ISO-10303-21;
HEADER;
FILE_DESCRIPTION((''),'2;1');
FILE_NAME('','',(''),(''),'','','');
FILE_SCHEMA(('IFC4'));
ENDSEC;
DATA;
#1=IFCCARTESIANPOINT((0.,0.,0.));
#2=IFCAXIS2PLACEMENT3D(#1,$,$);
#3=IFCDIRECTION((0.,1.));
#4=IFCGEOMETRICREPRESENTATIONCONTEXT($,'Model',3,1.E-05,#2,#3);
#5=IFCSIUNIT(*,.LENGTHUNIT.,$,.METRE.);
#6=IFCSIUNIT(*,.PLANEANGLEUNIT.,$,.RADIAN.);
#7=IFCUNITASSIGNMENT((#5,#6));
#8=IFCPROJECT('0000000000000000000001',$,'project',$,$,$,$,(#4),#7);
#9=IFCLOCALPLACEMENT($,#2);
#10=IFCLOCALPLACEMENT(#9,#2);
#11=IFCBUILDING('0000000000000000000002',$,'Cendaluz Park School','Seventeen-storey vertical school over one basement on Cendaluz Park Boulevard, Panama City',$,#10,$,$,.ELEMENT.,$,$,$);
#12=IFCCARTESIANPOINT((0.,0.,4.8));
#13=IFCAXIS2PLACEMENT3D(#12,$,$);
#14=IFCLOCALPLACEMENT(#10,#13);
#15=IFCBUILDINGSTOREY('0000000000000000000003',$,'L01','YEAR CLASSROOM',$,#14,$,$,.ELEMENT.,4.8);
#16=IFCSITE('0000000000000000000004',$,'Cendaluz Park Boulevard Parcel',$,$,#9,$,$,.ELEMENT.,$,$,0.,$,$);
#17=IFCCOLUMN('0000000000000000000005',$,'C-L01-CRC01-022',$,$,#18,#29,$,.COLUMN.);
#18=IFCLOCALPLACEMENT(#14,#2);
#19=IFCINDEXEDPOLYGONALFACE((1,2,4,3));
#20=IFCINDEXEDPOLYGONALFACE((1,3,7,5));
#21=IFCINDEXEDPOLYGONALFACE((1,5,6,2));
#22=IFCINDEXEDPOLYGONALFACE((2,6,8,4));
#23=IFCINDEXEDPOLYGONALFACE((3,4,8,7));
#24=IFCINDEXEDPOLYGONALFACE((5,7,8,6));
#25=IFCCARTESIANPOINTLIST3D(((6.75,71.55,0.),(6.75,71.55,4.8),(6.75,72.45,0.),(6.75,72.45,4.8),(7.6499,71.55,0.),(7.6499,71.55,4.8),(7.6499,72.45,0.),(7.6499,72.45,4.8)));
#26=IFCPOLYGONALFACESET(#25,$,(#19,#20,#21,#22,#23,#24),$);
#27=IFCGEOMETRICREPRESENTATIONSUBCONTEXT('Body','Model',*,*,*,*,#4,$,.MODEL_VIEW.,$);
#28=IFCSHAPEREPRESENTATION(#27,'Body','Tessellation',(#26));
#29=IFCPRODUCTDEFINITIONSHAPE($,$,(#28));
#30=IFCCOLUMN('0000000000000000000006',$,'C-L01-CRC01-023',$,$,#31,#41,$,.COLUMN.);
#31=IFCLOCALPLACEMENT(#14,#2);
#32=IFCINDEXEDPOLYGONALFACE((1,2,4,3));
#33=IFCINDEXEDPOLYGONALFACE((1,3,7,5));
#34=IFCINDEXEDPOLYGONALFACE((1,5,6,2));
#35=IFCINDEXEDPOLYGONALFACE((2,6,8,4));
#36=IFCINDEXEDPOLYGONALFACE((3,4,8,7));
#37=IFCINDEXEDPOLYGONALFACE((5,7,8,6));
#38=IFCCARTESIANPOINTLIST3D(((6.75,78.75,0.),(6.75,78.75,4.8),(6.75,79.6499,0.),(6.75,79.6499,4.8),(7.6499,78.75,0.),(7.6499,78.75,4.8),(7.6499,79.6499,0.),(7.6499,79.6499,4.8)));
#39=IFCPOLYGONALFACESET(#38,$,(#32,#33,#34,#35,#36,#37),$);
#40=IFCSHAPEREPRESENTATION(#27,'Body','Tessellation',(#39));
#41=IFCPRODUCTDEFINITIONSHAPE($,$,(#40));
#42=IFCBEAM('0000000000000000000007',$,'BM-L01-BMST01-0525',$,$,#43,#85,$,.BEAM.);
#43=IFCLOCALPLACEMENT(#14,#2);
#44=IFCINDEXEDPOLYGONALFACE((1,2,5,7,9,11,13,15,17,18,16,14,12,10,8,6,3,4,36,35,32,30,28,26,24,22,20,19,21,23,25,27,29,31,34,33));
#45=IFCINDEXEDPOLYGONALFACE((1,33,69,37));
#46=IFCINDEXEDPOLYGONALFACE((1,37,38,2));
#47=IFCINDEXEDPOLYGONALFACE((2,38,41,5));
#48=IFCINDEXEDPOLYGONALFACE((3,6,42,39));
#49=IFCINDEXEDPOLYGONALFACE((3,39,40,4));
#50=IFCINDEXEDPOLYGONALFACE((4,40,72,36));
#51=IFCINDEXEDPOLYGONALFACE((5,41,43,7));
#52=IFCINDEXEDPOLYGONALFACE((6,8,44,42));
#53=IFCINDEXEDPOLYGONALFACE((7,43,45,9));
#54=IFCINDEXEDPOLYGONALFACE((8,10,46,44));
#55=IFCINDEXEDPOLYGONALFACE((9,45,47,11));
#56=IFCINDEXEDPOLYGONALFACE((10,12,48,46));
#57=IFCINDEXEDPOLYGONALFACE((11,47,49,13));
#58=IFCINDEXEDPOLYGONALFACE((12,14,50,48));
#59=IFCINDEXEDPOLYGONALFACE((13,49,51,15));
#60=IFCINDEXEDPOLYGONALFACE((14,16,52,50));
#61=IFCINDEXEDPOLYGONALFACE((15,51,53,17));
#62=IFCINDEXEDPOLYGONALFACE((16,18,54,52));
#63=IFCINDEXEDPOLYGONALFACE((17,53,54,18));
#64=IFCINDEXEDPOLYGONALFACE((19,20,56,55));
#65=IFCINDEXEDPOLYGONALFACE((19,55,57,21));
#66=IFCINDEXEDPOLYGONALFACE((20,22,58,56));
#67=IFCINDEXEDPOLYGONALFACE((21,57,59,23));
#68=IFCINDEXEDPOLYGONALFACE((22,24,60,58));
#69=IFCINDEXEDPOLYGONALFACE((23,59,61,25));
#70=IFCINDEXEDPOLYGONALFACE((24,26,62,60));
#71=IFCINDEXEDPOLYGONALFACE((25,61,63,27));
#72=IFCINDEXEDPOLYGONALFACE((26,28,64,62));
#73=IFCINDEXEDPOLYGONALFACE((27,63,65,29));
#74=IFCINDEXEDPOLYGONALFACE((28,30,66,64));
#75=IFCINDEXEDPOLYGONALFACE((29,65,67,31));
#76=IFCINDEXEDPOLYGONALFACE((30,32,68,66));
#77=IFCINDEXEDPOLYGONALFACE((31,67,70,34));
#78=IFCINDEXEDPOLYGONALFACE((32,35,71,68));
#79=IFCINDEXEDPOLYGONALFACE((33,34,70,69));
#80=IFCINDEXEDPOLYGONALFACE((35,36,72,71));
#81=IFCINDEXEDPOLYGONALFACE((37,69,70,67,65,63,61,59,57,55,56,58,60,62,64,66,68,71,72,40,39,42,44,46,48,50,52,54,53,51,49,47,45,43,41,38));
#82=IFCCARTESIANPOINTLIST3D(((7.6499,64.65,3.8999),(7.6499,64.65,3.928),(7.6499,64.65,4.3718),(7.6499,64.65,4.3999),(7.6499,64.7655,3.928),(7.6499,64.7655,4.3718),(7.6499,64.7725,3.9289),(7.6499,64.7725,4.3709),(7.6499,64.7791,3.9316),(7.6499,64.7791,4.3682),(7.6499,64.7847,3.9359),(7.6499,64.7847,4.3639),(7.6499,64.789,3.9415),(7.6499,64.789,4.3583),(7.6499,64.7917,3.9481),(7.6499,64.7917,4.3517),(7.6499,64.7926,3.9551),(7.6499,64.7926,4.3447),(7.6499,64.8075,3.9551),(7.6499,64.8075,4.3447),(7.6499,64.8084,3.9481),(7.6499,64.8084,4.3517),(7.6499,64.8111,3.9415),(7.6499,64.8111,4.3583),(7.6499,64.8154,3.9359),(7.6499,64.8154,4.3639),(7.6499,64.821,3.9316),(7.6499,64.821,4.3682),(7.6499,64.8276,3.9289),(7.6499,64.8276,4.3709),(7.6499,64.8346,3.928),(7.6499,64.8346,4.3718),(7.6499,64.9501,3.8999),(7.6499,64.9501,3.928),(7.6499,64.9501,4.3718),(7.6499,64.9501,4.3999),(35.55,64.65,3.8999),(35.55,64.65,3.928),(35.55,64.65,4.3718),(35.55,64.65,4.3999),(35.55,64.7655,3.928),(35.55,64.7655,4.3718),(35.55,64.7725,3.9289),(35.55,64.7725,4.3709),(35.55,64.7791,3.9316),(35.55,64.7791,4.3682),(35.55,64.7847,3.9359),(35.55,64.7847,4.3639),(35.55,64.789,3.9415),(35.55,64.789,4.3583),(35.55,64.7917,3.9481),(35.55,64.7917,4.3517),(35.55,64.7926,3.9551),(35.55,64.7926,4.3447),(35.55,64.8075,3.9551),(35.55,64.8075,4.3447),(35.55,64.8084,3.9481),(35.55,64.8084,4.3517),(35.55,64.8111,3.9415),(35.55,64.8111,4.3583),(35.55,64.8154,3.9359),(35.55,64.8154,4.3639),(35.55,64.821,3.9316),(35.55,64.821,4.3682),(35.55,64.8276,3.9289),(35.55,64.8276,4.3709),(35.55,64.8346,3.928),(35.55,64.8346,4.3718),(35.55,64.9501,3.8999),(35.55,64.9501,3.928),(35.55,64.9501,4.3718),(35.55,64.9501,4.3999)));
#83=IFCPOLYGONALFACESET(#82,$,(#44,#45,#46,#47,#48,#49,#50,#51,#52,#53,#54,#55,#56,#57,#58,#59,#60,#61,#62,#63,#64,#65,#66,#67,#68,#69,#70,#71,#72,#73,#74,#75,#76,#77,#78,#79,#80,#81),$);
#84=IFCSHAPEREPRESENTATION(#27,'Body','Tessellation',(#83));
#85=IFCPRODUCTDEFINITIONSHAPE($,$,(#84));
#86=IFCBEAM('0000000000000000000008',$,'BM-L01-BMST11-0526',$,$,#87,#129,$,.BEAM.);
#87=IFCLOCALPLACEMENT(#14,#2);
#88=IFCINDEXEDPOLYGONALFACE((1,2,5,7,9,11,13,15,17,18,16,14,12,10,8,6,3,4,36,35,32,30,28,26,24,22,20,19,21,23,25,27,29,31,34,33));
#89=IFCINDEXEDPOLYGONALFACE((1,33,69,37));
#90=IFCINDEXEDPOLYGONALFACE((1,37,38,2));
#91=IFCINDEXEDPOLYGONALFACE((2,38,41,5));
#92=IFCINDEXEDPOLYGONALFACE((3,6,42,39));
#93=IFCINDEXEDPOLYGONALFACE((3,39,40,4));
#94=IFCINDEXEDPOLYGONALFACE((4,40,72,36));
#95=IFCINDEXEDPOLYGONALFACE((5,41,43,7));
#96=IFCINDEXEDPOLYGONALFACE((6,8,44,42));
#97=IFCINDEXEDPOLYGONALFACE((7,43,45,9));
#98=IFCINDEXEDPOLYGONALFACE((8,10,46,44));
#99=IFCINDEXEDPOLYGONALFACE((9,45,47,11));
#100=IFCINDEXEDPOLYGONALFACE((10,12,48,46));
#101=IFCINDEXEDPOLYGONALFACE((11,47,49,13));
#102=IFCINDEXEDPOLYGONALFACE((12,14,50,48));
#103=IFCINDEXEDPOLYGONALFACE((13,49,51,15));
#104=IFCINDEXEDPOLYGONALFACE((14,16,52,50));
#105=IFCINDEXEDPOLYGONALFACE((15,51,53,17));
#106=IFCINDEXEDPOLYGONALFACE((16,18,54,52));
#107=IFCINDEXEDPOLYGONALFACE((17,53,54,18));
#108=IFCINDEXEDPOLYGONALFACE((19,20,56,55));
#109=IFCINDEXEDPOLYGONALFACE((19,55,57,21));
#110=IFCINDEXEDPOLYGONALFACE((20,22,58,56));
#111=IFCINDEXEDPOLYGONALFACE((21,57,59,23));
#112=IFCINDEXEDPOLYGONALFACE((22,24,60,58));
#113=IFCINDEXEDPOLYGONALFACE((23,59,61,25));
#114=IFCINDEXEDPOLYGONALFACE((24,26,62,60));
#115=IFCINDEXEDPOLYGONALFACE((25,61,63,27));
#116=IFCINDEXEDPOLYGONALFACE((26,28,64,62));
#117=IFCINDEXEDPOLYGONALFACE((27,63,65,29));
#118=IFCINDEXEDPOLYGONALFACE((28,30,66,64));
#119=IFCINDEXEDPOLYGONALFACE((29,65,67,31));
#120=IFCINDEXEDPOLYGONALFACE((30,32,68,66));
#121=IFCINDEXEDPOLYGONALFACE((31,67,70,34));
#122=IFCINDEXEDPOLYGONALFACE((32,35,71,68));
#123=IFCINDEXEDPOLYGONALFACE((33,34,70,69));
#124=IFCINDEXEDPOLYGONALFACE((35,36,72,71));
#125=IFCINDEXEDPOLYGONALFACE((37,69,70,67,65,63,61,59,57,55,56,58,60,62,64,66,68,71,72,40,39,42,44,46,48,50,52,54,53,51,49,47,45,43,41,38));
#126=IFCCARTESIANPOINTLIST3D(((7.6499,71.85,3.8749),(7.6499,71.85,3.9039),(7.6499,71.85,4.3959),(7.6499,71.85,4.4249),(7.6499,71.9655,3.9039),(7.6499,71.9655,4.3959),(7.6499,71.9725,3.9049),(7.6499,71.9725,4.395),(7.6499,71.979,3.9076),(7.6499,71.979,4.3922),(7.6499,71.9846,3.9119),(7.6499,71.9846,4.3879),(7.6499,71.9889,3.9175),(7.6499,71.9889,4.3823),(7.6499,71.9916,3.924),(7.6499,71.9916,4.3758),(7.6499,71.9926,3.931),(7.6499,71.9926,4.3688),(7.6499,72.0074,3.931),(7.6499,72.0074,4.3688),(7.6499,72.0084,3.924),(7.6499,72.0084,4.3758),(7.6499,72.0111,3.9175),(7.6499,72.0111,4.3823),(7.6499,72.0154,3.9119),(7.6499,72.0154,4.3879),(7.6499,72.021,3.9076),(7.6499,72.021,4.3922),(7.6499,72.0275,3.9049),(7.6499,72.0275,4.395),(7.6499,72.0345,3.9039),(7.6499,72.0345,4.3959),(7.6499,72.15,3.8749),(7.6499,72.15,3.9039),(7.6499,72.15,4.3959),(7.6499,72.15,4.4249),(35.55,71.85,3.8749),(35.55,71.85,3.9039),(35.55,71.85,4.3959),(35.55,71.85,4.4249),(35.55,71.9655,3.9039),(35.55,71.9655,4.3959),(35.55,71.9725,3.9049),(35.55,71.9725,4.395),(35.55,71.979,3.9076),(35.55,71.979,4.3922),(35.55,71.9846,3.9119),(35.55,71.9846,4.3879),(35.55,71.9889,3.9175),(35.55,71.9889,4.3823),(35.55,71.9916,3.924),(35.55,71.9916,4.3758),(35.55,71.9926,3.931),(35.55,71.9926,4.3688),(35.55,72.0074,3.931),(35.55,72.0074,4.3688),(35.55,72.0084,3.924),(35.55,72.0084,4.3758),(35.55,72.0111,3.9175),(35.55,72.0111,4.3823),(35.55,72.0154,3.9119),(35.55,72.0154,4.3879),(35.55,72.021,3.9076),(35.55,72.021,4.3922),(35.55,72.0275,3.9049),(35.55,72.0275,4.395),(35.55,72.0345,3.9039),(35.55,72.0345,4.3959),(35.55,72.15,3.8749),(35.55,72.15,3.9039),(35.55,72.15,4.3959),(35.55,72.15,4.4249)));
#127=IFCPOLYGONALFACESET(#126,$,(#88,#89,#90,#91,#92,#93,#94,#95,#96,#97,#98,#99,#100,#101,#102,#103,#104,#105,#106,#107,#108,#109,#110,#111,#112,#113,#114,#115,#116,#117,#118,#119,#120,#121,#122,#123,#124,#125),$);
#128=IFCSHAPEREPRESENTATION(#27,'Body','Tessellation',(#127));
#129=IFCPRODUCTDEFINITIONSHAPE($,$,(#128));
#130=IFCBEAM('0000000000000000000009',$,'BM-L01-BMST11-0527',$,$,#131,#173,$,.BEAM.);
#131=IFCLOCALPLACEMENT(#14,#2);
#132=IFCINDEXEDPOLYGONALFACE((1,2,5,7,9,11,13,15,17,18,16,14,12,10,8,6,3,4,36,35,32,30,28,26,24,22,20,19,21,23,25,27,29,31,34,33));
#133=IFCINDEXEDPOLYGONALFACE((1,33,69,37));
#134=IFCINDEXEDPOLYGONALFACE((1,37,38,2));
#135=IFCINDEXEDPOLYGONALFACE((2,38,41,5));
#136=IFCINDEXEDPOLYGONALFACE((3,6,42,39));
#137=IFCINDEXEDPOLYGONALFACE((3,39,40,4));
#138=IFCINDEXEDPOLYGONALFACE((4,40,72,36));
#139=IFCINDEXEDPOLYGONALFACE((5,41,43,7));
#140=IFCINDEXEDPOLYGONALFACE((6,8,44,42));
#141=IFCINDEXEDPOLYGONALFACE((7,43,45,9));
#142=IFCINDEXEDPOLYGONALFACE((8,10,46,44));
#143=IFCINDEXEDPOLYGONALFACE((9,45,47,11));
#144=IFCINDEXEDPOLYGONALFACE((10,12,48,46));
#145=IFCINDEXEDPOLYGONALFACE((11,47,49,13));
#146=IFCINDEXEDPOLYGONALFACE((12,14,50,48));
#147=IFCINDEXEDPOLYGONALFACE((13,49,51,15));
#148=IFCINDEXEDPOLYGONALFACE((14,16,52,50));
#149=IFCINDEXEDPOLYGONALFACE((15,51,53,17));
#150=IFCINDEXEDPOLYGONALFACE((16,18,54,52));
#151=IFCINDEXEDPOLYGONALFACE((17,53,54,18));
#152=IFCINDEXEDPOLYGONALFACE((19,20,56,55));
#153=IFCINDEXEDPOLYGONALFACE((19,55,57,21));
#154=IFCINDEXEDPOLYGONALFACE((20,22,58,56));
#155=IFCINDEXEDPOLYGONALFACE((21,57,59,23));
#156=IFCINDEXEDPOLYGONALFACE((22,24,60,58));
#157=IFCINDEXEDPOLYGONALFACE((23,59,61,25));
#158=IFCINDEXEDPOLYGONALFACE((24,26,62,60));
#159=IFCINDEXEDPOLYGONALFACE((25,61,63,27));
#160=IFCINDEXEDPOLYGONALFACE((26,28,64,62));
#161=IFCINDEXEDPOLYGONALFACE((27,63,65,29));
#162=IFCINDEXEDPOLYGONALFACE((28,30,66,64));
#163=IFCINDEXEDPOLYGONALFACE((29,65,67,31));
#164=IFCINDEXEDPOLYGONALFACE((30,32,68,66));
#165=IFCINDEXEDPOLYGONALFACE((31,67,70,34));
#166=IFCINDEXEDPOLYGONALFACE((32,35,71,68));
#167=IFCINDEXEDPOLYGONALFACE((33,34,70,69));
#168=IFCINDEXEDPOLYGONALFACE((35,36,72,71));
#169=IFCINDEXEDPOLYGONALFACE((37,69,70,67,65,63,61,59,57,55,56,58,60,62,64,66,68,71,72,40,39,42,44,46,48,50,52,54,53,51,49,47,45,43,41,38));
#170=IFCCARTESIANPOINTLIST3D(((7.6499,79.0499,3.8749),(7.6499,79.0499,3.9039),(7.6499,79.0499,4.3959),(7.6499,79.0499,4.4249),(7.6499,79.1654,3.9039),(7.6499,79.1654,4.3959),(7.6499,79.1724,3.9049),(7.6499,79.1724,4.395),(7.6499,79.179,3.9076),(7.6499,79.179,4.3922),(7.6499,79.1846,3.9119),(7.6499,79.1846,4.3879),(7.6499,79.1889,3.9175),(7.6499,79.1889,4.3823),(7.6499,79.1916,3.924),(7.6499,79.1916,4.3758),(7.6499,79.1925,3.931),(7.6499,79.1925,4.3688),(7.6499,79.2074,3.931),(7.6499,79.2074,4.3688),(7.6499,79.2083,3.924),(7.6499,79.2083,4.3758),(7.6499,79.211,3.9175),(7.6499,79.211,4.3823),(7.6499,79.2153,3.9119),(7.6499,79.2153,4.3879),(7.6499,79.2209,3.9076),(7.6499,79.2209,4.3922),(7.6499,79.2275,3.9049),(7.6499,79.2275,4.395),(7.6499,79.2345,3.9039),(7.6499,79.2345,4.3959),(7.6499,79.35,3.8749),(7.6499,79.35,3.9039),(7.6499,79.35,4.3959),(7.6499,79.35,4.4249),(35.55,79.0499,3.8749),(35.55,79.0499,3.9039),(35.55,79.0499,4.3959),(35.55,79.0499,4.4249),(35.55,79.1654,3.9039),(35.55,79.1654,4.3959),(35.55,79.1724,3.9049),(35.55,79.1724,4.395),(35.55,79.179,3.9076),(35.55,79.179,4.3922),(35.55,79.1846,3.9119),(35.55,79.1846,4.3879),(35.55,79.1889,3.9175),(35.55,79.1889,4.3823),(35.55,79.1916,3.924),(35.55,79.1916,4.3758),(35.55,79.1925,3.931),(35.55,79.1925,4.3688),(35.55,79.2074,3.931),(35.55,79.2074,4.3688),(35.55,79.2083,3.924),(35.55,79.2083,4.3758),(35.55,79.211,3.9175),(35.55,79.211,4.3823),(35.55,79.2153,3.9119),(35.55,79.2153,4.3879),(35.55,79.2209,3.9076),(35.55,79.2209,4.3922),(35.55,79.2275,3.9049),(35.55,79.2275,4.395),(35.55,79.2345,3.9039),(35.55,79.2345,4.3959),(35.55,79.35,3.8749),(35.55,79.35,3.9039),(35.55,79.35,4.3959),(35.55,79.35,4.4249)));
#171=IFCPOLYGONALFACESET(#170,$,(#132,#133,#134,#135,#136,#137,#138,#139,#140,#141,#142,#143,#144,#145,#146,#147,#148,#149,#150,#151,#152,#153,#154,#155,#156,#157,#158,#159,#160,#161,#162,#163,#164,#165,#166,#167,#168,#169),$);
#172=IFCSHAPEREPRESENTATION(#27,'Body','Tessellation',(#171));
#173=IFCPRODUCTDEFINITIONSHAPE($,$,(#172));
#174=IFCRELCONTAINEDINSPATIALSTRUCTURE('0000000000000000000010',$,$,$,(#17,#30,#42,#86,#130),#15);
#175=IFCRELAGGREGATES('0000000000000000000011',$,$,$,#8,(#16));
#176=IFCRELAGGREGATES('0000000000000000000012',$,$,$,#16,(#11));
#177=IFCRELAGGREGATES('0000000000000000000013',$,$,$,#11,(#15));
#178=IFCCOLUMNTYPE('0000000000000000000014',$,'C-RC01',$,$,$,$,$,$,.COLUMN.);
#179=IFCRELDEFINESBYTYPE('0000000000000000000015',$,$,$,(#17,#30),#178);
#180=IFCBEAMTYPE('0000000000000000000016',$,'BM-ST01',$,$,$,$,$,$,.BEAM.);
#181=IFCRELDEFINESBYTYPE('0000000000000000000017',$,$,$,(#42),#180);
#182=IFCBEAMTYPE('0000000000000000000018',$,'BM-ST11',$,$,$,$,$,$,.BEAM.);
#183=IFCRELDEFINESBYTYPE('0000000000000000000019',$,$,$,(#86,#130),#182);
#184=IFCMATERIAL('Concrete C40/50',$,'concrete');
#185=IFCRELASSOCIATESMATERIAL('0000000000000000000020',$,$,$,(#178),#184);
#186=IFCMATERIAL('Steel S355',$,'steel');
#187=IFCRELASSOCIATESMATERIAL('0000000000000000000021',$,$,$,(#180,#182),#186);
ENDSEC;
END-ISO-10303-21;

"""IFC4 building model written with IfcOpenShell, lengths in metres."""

from ifc_helpers import new_model, si_unit, direction, frame, origin, origin_2d, place, context, subcontext, project, spatial, rectangle, i_section, extrude, material, material_profile, profile_set, type_object, element, save


model = new_model("IFC4")

# Units and contexts
model_context = context("Model", 3, precision=1e-05, world=origin(), true_north=direction((0.0, 1.0)))
body_context = subcontext(model_context, "Body", "Model", "MODEL_VIEW")
ifc_project = project(units=[si_unit("LENGTHUNIT", "METRE"), si_unit("PLANEANGLEUNIT", "RADIAN")], contexts=[model_context])

# Site, building, storey
site_placement = place(None, origin())
site = spatial("IfcSite", under=ifc_project, at=site_placement, Name="Cendaluz Park Boulevard Parcel", CompositionType="ELEMENT", RefElevation=0.0)
building_placement = place(site_placement, origin())
building = spatial("IfcBuilding", under=site, at=building_placement, Name="Cendaluz Park School", Description="Seventeen-storey vertical school over one basement on Cendaluz Park Boulevard, Panama City", CompositionType="ELEMENT")
storey_placement = place(building_placement, frame((0.0, 0.0, 4.8)))
storey = spatial("IfcBuildingStorey", under=building, at=storey_placement, Name="L01", Description="YEAR CLASSROOM", CompositionType="ELEMENT", Elevation=4.8)

# Columns
ifc_material_1 = material(Name="Concrete C40/50", Category="concrete")
ifc_material_profile_1 = material_profile(ifc_material_1, rectangle(XDim=0.8999, YDim=0.8999, at=origin_2d()), Name="RC 900x900", Category="concrete")
ifc_profile_set_1 = profile_set([ifc_material_profile_1], Name="Concrete C40/50")
column_type = type_object("IfcColumnType", Name="C-RC01", PredefinedType="COLUMN", material=ifc_profile_set_1)
for number, where, z_axis, x_axis, name in (
    (1, (7.2, 72.0, 0.0), (0.0, 0.0, 1.0), (1.0, 0.0, 0.0), "C-L01-CRC01-022"),
    (2, (7.2, 79.2, 0.0), (0.0, 0.0, 1.0), (1.0, 0.0, 0.0), "C-L01-CRC01-023"),
):
    element("IfcColumn", number, at=place(storey_placement, frame(where, z_axis=z_axis, x_axis=x_axis)), inside=storey, type_object=column_type, Name=name, PredefinedType="COLUMN", context=body_context, shape_type="SweptSolid", body=[
        extrude(rectangle(XDim=0.8999, YDim=0.8999, at=origin_2d()), origin(), (0.0, 0.0, 1.0), 4.8),
    ])

# Beams
ifc_material_2 = material(Name="Steel S355", Category="steel")
ifc_material_profile_2 = material_profile(ifc_material_2, i_section(OverallWidth=0.3, OverallDepth=0.5, WebThickness=0.0149, FlangeThickness=0.0281, FilletRadius=0.0271, at=origin_2d()), Name="HEB 500", Category="steel")
ifc_profile_set_2 = profile_set([ifc_material_profile_2], Name="Steel S355")
beam_type_1 = type_object("IfcBeamType", Name="BM-ST01", PredefinedType="BEAM", material=ifc_profile_set_2)
beam_placement = place(storey_placement, frame((7.6499, 64.8, 4.1499), z_axis=(1.0, 0.0, 0.0), x_axis=(0.0, 1.0, 0.0)))
element("IfcBeam", 3, at=beam_placement, inside=storey, type_object=beam_type_1, Name="BM-L01-BMST01-0525", PredefinedType="BEAM", context=body_context, shape_type="SweptSolid", body=[
    extrude(i_section(OverallWidth=0.3, OverallDepth=0.5, WebThickness=0.0149, FlangeThickness=0.0281, FilletRadius=0.0271, at=origin_2d()), origin(), (0.0, 0.0, 1.0), 27.9001),
])
ifc_material_profile_3 = material_profile(ifc_material_2, i_section(OverallWidth=0.3, OverallDepth=0.55, WebThickness=0.0149, FlangeThickness=0.0291, FilletRadius=0.0271, at=origin_2d()), Name="HEB 550", Category="steel")
ifc_profile_set_3 = profile_set([ifc_material_profile_3], Name="Steel S355")
beam_type_2 = type_object("IfcBeamType", Name="BM-ST11", PredefinedType="BEAM", material=ifc_profile_set_3)
for number, where, z_axis, x_axis, name in (
    (4, (7.6499, 72.0, 4.1499), (1.0, 0.0, 0.0), (0.0, 1.0, 0.0), "BM-L01-BMST11-0526"),
    (5, (7.6499, 79.2, 4.1499), (1.0, 0.0, 0.0), (0.0, 1.0, 0.0), "BM-L01-BMST11-0527"),
):
    element("IfcBeam", number, at=place(storey_placement, frame(where, z_axis=z_axis, x_axis=x_axis)), inside=storey, type_object=beam_type_2, Name=name, PredefinedType="BEAM", context=body_context, shape_type="SweptSolid", body=[
        extrude(i_section(OverallWidth=0.3, OverallDepth=0.55, WebThickness=0.0149, FlangeThickness=0.0291, FilletRadius=0.0271, at=origin_2d()), origin(), (0.0, 0.0, 1.0), 27.9001),
    ])

save(model, "model.ifc")
